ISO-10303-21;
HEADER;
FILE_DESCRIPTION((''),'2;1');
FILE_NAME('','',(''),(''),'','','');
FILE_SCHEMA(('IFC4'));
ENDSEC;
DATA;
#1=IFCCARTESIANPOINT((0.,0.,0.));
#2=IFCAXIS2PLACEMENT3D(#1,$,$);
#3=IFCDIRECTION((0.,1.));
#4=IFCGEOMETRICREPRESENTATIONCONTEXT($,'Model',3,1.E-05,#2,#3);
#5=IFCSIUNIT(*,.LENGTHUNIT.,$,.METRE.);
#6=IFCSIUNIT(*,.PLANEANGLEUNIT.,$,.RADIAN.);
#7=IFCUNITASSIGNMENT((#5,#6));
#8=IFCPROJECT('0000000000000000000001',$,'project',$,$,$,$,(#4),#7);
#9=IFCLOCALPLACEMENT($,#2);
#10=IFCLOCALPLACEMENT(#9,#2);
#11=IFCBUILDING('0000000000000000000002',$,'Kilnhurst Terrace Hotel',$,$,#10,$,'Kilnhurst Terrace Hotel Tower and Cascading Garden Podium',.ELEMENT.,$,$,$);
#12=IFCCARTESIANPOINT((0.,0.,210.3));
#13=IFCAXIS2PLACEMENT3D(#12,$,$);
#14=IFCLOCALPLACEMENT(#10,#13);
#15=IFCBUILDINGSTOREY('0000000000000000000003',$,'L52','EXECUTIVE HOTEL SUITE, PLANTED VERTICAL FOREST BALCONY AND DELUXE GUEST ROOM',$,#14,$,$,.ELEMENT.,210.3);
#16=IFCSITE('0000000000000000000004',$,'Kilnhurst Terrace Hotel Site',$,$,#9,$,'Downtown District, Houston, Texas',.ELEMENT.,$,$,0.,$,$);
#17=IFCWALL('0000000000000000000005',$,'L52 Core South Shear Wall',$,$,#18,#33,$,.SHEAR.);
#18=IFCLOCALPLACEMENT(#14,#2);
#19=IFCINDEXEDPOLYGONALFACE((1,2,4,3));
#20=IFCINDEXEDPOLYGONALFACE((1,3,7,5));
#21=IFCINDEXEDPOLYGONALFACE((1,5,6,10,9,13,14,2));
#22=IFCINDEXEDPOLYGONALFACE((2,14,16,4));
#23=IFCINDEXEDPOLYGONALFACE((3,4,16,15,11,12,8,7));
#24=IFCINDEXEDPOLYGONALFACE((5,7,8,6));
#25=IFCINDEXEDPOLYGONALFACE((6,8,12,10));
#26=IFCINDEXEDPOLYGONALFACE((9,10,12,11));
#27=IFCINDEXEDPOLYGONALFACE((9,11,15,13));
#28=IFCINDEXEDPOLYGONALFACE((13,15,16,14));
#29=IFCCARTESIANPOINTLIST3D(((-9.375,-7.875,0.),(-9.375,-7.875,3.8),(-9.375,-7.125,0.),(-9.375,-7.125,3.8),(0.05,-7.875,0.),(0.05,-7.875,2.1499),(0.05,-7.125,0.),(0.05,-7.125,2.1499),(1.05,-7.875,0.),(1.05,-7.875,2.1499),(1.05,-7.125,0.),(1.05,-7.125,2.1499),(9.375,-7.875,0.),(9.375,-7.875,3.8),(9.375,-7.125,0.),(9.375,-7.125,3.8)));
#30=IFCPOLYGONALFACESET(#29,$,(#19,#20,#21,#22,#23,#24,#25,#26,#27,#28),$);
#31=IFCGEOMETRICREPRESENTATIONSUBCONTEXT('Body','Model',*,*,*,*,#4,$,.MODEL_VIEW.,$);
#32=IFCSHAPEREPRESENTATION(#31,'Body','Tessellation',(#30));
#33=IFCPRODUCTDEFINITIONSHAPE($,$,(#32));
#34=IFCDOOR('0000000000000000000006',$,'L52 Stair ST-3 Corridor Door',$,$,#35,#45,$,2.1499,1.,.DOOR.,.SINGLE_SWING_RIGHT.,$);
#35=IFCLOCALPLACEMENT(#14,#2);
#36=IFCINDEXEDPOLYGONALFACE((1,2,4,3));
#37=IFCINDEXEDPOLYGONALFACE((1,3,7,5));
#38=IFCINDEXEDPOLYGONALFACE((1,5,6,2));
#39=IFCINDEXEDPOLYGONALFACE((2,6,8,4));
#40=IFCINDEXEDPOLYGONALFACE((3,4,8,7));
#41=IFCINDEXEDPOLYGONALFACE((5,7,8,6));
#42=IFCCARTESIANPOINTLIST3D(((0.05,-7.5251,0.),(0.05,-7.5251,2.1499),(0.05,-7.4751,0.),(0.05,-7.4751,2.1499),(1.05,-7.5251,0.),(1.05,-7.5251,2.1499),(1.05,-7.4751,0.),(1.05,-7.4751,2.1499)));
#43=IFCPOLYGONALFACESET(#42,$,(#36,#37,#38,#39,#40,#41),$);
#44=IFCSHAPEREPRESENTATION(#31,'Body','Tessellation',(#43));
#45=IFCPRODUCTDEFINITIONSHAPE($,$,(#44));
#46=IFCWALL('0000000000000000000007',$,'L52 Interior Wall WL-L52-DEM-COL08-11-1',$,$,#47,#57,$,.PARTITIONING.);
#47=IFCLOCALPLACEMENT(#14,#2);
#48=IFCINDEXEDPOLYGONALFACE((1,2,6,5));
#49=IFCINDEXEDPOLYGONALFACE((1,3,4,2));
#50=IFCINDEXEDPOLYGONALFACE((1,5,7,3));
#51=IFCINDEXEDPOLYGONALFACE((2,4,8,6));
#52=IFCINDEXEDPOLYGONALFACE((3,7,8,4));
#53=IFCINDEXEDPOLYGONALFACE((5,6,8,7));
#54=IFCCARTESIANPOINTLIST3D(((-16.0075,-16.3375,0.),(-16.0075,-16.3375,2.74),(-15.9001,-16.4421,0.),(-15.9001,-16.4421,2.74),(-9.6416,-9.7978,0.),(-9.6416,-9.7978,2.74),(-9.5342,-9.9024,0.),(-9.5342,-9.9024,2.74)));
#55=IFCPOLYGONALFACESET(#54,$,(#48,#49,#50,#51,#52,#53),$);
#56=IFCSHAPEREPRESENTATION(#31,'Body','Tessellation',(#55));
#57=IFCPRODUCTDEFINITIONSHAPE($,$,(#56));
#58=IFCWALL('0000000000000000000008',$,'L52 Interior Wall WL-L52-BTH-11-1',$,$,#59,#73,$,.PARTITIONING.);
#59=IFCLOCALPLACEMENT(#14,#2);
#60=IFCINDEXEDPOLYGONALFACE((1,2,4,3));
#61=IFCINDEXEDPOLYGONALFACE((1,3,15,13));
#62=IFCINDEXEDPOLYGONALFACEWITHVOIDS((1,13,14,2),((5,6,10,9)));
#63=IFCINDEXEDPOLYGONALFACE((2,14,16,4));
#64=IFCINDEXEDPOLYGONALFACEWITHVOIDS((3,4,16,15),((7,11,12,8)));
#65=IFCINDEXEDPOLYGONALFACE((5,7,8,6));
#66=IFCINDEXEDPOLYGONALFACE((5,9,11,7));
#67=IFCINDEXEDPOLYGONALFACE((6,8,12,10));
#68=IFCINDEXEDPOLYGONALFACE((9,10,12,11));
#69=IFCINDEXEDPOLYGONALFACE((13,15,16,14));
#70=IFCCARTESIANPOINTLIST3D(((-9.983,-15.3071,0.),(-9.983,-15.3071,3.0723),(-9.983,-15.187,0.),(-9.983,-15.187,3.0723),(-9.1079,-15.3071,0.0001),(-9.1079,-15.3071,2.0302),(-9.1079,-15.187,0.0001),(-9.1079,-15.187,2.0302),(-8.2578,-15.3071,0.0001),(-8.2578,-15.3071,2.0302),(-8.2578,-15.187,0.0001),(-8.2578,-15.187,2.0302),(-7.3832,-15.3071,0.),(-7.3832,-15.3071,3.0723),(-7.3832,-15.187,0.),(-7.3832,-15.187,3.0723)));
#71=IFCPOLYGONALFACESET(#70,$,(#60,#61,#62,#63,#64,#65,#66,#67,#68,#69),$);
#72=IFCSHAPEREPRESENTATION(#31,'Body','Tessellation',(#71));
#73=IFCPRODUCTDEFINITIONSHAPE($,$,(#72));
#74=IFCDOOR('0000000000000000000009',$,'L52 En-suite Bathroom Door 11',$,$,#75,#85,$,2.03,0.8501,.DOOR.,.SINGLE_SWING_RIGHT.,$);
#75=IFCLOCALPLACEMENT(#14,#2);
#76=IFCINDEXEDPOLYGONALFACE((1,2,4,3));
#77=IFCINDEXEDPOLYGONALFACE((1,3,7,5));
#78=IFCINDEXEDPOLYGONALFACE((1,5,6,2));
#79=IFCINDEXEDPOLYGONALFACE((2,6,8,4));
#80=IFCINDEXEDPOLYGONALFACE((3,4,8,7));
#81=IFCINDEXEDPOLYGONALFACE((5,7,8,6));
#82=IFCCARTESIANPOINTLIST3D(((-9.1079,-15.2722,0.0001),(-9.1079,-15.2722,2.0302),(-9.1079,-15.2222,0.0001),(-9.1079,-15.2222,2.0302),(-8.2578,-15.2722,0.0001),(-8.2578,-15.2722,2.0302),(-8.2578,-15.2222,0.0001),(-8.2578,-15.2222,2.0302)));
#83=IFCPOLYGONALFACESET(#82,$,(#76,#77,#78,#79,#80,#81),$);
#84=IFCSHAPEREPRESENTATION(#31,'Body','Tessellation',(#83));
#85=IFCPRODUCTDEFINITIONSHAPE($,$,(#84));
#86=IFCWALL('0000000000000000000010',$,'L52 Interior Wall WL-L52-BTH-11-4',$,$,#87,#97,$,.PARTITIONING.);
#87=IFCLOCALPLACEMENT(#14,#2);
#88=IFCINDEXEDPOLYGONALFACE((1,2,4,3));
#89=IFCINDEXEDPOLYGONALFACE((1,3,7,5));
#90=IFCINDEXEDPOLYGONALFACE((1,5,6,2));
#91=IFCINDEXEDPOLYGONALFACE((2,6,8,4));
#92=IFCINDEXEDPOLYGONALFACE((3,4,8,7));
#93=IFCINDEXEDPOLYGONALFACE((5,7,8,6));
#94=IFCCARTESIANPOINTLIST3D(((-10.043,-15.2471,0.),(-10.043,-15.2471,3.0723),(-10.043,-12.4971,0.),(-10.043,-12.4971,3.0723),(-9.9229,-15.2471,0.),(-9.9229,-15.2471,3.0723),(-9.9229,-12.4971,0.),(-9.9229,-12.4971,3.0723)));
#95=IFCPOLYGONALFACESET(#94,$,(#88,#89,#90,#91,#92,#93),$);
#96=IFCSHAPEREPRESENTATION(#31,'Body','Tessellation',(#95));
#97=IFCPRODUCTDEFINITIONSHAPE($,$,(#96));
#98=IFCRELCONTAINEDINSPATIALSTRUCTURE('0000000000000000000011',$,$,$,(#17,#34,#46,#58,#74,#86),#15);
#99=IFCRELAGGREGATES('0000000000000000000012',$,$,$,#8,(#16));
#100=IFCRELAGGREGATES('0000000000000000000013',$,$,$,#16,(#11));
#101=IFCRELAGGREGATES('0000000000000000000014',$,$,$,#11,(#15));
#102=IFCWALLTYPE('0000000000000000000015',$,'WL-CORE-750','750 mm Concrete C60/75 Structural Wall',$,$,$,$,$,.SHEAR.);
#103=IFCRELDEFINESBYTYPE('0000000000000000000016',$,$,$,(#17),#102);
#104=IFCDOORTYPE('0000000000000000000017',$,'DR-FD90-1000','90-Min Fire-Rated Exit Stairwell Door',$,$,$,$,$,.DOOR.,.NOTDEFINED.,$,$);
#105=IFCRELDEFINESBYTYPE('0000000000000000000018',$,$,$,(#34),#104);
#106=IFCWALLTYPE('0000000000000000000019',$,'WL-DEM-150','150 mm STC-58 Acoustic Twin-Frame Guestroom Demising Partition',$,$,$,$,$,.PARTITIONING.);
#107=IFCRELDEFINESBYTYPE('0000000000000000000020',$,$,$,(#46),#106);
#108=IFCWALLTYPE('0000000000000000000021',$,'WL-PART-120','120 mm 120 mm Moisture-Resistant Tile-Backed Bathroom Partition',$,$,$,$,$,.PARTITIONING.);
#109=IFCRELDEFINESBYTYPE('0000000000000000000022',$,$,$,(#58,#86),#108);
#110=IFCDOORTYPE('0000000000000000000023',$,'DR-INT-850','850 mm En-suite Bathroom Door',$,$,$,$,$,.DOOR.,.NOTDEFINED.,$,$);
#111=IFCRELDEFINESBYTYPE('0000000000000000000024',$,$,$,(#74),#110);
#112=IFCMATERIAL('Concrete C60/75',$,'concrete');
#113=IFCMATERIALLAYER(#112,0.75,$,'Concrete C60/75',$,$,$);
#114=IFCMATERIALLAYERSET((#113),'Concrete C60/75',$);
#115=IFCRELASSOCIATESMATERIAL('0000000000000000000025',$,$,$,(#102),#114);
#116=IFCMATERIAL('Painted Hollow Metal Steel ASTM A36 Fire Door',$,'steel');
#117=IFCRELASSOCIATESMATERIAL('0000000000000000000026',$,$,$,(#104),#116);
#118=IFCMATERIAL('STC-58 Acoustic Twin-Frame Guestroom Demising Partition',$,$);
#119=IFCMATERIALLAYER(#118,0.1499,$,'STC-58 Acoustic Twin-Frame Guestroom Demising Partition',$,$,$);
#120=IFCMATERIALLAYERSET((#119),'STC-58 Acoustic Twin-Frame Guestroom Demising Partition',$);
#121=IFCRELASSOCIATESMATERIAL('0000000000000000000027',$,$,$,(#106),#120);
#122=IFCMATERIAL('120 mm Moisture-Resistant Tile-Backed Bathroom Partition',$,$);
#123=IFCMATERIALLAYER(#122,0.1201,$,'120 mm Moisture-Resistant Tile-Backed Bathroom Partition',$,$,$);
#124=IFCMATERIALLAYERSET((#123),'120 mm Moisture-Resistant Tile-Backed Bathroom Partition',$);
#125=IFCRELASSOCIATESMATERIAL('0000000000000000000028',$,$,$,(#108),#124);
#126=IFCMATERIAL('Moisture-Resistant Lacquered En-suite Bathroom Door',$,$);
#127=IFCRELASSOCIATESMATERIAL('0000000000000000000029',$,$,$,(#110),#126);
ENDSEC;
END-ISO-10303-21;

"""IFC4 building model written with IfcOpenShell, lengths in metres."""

from ifc_helpers import new_model, si_unit, direction, frame, frame_2d, origin, place, context, subcontext, project, spatial, rectangle, extrude, material, layer, layer_set, type_object, element, fill, save


model = new_model("IFC4")

# Units and contexts
model_context = context("Model", 3, precision=1e-05, world=origin(), true_north=direction((0.0, 1.0)))
body_context = subcontext(model_context, "Body", "Model", "MODEL_VIEW")
ifc_project = project(units=[si_unit("LENGTHUNIT", "METRE"), si_unit("PLANEANGLEUNIT", "RADIAN")], contexts=[model_context])

# Site, building, storey
site_placement = place(None, origin())
site = spatial("IfcSite", under=ifc_project, at=site_placement, Name="Kilnhurst Terrace Hotel Site", LongName="Downtown District, Houston, Texas", CompositionType="ELEMENT", RefElevation=0.0)
building_placement = place(site_placement, origin())
building = spatial("IfcBuilding", under=site, at=building_placement, Name="Kilnhurst Terrace Hotel", LongName="Kilnhurst Terrace Hotel Tower and Cascading Garden Podium", CompositionType="ELEMENT")
storey_placement = place(building_placement, frame((0.0, 0.0, 210.3)))
storey = spatial("IfcBuildingStorey", under=building, at=storey_placement, Name="L52", Description="EXECUTIVE HOTEL SUITE, PLANTED VERTICAL FOREST BALCONY AND DELUXE GUEST ROOM", CompositionType="ELEMENT", Elevation=210.3)

# Shared definitions
ifc_material_1 = material(Name="Concrete C60/75", Category="concrete")

# Wall, opening, door
ifc_layer_1 = layer(ifc_material_1, 0.75, Name="Concrete C60/75")
ifc_layer_set_1 = layer_set([ifc_layer_1], Name="Concrete C60/75")
wall_type_1 = type_object("IfcWallType", Name="WL-CORE-750", Description="750 mm Concrete C60/75 Structural Wall", PredefinedType="SHEAR", material=ifc_layer_set_1)
wall_1_placement = place(storey_placement, frame((-9.375, -7.5, 0.0), z_axis=(0.0, 0.0, 1.0), x_axis=(1.0, 0.0, 0.0)))
wall_1 = element("IfcWall", 1, at=wall_1_placement, inside=storey, type_object=wall_type_1, Name="L52 Core South Shear Wall", PredefinedType="SHEAR", context=body_context, shape_type="SweptSolid", body=[
    extrude(rectangle(XDim=18.75, YDim=0.75, at=frame_2d((9.375, 0.0))), origin(), (0.0, 0.0, 1.0), 3.8),
])
opening_1_placement = place(wall_1_placement, frame((9.425, 0.0, 0.0)))
opening_1 = element("IfcOpeningElement", 2, at=opening_1_placement, cuts=wall_1, PredefinedType="OPENING", context=body_context, shape_type="SweptSolid", body=[
    extrude(rectangle(XDim=1.0, YDim=2.1499, at=frame_2d((0.5, 1.075))), frame((0.0, 0.385, 0.0), z_axis=(0.0, -1.0, 0.0), x_axis=(1.0, 0.0, 0.0)), (0.0, 0.0, 1.0), 0.77),
])
ifc_material_2 = material(Name="Painted Hollow Metal Steel ASTM A36 Fire Door", Category="steel")
door_type_1 = type_object("IfcDoorType", Name="DR-FD90-1000", Description="90-Min Fire-Rated Exit Stairwell Door", OperationType="NOTDEFINED", PredefinedType="DOOR", material=ifc_material_2)
door_1_placement = place(opening_1_placement, origin())
door_1 = element("IfcDoor", 3, at=door_1_placement, inside=storey, type_object=door_type_1, Name="L52 Stair ST-3 Corridor Door", OperationType="SINGLE_SWING_RIGHT", OverallHeight=2.1499, OverallWidth=1.0, PredefinedType="DOOR", context=body_context, shape_type="SweptSolid", body=[
    extrude(rectangle(XDim=1.0, YDim=2.1499, at=frame_2d((0.5, 1.075))), frame((0.0, 0.0249, 0.0), z_axis=(0.0, -1.0, 0.0), x_axis=(1.0, 0.0, 0.0)), (0.0, 0.0, 1.0), 0.05),
])
fill(opening_1, door_1)

# Wall
ifc_material_3 = material(Name="STC-58 Acoustic Twin-Frame Guestroom Demising Partition")
ifc_layer_2 = layer(ifc_material_3, 0.1499, Name="STC-58 Acoustic Twin-Frame Guestroom Demising Partition")
ifc_layer_set_2 = layer_set([ifc_layer_2], Name="STC-58 Acoustic Twin-Frame Guestroom Demising Partition")
wall_type_2 = type_object("IfcWallType", Name="WL-DEM-150", Description="150 mm STC-58 Acoustic Twin-Frame Guestroom Demising Partition", PredefinedType="PARTITIONING", material=ifc_layer_set_2)
wall_2_placement = place(storey_placement, frame((-9.5879, -9.8501, 0.0), z_axis=(0.0, 0.0, 1.0), x_axis=(-0.697519, -0.716566, 0.0)))
element("IfcWall", 4, at=wall_2_placement, inside=storey, type_object=wall_type_2, Name="L52 Interior Wall WL-L52-DEM-COL08-11-1", PredefinedType="PARTITIONING", context=body_context, shape_type="SweptSolid", body=[
    extrude(rectangle(XDim=9.1265, YDim=0.1499, at=frame_2d((4.5632, 0.0))), origin(), (0.0, 0.0, 1.0), 2.74),
])

# Wall, opening, door
ifc_material_4 = material(Name="120 mm Moisture-Resistant Tile-Backed Bathroom Partition")
ifc_layer_3 = layer(ifc_material_4, 0.1201, Name="120 mm Moisture-Resistant Tile-Backed Bathroom Partition")
ifc_layer_set_3 = layer_set([ifc_layer_3], Name="120 mm Moisture-Resistant Tile-Backed Bathroom Partition")
wall_type_3 = type_object("IfcWallType", Name="WL-PART-120", Description="120 mm 120 mm Moisture-Resistant Tile-Backed Bathroom Partition", PredefinedType="PARTITIONING", material=ifc_layer_set_3)
wall_3_placement = place(storey_placement, frame((-9.9829, -15.2471, 0.0), z_axis=(0.0, 0.0, 1.0), x_axis=(1.0, 0.0, 0.0)))
wall_3 = element("IfcWall", 5, at=wall_3_placement, inside=storey, type_object=wall_type_3, Name="L52 Interior Wall WL-L52-BTH-11-1", PredefinedType="PARTITIONING", context=body_context, shape_type="SweptSolid", body=[
    extrude(rectangle(XDim=2.5999, YDim=0.1201, at=frame_2d((1.2998, 0.0))), origin(), (0.0, 0.0, 1.0), 3.0723),
])
opening_2_placement = place(wall_3_placement, frame((0.875, 0.0, 0.0)))
opening_2 = element("IfcOpeningElement", 6, at=opening_2_placement, cuts=wall_3, PredefinedType="OPENING", context=body_context, shape_type="SweptSolid", body=[
    extrude(rectangle(XDim=0.8501, YDim=2.03, at=frame_2d((0.425, 1.0151))), frame((0.0, 0.0701, 0.0), z_axis=(0.0, -1.0, 0.0), x_axis=(1.0, 0.0, 0.0)), (0.0, 0.0, 1.0), 0.1401),
])
ifc_material_5 = material(Name="Moisture-Resistant Lacquered En-suite Bathroom Door")
door_type_2 = type_object("IfcDoorType", Name="DR-INT-850", Description="850 mm En-suite Bathroom Door", OperationType="NOTDEFINED", PredefinedType="DOOR", material=ifc_material_5)
door_2_placement = place(opening_2_placement, origin())
door_2 = element("IfcDoor", 7, at=door_2_placement, inside=storey, type_object=door_type_2, Name="L52 En-suite Bathroom Door 11", OperationType="SINGLE_SWING_RIGHT", OverallHeight=2.03, OverallWidth=0.8501, PredefinedType="DOOR", context=body_context, shape_type="SweptSolid", body=[
    extrude(rectangle(XDim=0.8501, YDim=2.03, at=frame_2d((0.425, 1.0151))), frame((0.0, 0.0249, 0.0), z_axis=(0.0, -1.0, 0.0), x_axis=(1.0, 0.0, 0.0)), (0.0, 0.0, 1.0), 0.05),
])
fill(opening_2, door_2)

# Wall
wall_4_placement = place(storey_placement, frame((-9.9829, -12.4971, 0.0), z_axis=(0.0, 0.0, 1.0), x_axis=(0.0, -1.0, 0.0)))
element("IfcWall", 8, at=wall_4_placement, inside=storey, type_object=wall_type_3, Name="L52 Interior Wall WL-L52-BTH-11-4", PredefinedType="PARTITIONING", context=body_context, shape_type="SweptSolid", body=[
    extrude(rectangle(XDim=2.75, YDim=0.1201, at=frame_2d((1.375, 0.0))), origin(), (0.0, 0.0, 1.0), 3.0723),
])

save(model, "model.ifc")
